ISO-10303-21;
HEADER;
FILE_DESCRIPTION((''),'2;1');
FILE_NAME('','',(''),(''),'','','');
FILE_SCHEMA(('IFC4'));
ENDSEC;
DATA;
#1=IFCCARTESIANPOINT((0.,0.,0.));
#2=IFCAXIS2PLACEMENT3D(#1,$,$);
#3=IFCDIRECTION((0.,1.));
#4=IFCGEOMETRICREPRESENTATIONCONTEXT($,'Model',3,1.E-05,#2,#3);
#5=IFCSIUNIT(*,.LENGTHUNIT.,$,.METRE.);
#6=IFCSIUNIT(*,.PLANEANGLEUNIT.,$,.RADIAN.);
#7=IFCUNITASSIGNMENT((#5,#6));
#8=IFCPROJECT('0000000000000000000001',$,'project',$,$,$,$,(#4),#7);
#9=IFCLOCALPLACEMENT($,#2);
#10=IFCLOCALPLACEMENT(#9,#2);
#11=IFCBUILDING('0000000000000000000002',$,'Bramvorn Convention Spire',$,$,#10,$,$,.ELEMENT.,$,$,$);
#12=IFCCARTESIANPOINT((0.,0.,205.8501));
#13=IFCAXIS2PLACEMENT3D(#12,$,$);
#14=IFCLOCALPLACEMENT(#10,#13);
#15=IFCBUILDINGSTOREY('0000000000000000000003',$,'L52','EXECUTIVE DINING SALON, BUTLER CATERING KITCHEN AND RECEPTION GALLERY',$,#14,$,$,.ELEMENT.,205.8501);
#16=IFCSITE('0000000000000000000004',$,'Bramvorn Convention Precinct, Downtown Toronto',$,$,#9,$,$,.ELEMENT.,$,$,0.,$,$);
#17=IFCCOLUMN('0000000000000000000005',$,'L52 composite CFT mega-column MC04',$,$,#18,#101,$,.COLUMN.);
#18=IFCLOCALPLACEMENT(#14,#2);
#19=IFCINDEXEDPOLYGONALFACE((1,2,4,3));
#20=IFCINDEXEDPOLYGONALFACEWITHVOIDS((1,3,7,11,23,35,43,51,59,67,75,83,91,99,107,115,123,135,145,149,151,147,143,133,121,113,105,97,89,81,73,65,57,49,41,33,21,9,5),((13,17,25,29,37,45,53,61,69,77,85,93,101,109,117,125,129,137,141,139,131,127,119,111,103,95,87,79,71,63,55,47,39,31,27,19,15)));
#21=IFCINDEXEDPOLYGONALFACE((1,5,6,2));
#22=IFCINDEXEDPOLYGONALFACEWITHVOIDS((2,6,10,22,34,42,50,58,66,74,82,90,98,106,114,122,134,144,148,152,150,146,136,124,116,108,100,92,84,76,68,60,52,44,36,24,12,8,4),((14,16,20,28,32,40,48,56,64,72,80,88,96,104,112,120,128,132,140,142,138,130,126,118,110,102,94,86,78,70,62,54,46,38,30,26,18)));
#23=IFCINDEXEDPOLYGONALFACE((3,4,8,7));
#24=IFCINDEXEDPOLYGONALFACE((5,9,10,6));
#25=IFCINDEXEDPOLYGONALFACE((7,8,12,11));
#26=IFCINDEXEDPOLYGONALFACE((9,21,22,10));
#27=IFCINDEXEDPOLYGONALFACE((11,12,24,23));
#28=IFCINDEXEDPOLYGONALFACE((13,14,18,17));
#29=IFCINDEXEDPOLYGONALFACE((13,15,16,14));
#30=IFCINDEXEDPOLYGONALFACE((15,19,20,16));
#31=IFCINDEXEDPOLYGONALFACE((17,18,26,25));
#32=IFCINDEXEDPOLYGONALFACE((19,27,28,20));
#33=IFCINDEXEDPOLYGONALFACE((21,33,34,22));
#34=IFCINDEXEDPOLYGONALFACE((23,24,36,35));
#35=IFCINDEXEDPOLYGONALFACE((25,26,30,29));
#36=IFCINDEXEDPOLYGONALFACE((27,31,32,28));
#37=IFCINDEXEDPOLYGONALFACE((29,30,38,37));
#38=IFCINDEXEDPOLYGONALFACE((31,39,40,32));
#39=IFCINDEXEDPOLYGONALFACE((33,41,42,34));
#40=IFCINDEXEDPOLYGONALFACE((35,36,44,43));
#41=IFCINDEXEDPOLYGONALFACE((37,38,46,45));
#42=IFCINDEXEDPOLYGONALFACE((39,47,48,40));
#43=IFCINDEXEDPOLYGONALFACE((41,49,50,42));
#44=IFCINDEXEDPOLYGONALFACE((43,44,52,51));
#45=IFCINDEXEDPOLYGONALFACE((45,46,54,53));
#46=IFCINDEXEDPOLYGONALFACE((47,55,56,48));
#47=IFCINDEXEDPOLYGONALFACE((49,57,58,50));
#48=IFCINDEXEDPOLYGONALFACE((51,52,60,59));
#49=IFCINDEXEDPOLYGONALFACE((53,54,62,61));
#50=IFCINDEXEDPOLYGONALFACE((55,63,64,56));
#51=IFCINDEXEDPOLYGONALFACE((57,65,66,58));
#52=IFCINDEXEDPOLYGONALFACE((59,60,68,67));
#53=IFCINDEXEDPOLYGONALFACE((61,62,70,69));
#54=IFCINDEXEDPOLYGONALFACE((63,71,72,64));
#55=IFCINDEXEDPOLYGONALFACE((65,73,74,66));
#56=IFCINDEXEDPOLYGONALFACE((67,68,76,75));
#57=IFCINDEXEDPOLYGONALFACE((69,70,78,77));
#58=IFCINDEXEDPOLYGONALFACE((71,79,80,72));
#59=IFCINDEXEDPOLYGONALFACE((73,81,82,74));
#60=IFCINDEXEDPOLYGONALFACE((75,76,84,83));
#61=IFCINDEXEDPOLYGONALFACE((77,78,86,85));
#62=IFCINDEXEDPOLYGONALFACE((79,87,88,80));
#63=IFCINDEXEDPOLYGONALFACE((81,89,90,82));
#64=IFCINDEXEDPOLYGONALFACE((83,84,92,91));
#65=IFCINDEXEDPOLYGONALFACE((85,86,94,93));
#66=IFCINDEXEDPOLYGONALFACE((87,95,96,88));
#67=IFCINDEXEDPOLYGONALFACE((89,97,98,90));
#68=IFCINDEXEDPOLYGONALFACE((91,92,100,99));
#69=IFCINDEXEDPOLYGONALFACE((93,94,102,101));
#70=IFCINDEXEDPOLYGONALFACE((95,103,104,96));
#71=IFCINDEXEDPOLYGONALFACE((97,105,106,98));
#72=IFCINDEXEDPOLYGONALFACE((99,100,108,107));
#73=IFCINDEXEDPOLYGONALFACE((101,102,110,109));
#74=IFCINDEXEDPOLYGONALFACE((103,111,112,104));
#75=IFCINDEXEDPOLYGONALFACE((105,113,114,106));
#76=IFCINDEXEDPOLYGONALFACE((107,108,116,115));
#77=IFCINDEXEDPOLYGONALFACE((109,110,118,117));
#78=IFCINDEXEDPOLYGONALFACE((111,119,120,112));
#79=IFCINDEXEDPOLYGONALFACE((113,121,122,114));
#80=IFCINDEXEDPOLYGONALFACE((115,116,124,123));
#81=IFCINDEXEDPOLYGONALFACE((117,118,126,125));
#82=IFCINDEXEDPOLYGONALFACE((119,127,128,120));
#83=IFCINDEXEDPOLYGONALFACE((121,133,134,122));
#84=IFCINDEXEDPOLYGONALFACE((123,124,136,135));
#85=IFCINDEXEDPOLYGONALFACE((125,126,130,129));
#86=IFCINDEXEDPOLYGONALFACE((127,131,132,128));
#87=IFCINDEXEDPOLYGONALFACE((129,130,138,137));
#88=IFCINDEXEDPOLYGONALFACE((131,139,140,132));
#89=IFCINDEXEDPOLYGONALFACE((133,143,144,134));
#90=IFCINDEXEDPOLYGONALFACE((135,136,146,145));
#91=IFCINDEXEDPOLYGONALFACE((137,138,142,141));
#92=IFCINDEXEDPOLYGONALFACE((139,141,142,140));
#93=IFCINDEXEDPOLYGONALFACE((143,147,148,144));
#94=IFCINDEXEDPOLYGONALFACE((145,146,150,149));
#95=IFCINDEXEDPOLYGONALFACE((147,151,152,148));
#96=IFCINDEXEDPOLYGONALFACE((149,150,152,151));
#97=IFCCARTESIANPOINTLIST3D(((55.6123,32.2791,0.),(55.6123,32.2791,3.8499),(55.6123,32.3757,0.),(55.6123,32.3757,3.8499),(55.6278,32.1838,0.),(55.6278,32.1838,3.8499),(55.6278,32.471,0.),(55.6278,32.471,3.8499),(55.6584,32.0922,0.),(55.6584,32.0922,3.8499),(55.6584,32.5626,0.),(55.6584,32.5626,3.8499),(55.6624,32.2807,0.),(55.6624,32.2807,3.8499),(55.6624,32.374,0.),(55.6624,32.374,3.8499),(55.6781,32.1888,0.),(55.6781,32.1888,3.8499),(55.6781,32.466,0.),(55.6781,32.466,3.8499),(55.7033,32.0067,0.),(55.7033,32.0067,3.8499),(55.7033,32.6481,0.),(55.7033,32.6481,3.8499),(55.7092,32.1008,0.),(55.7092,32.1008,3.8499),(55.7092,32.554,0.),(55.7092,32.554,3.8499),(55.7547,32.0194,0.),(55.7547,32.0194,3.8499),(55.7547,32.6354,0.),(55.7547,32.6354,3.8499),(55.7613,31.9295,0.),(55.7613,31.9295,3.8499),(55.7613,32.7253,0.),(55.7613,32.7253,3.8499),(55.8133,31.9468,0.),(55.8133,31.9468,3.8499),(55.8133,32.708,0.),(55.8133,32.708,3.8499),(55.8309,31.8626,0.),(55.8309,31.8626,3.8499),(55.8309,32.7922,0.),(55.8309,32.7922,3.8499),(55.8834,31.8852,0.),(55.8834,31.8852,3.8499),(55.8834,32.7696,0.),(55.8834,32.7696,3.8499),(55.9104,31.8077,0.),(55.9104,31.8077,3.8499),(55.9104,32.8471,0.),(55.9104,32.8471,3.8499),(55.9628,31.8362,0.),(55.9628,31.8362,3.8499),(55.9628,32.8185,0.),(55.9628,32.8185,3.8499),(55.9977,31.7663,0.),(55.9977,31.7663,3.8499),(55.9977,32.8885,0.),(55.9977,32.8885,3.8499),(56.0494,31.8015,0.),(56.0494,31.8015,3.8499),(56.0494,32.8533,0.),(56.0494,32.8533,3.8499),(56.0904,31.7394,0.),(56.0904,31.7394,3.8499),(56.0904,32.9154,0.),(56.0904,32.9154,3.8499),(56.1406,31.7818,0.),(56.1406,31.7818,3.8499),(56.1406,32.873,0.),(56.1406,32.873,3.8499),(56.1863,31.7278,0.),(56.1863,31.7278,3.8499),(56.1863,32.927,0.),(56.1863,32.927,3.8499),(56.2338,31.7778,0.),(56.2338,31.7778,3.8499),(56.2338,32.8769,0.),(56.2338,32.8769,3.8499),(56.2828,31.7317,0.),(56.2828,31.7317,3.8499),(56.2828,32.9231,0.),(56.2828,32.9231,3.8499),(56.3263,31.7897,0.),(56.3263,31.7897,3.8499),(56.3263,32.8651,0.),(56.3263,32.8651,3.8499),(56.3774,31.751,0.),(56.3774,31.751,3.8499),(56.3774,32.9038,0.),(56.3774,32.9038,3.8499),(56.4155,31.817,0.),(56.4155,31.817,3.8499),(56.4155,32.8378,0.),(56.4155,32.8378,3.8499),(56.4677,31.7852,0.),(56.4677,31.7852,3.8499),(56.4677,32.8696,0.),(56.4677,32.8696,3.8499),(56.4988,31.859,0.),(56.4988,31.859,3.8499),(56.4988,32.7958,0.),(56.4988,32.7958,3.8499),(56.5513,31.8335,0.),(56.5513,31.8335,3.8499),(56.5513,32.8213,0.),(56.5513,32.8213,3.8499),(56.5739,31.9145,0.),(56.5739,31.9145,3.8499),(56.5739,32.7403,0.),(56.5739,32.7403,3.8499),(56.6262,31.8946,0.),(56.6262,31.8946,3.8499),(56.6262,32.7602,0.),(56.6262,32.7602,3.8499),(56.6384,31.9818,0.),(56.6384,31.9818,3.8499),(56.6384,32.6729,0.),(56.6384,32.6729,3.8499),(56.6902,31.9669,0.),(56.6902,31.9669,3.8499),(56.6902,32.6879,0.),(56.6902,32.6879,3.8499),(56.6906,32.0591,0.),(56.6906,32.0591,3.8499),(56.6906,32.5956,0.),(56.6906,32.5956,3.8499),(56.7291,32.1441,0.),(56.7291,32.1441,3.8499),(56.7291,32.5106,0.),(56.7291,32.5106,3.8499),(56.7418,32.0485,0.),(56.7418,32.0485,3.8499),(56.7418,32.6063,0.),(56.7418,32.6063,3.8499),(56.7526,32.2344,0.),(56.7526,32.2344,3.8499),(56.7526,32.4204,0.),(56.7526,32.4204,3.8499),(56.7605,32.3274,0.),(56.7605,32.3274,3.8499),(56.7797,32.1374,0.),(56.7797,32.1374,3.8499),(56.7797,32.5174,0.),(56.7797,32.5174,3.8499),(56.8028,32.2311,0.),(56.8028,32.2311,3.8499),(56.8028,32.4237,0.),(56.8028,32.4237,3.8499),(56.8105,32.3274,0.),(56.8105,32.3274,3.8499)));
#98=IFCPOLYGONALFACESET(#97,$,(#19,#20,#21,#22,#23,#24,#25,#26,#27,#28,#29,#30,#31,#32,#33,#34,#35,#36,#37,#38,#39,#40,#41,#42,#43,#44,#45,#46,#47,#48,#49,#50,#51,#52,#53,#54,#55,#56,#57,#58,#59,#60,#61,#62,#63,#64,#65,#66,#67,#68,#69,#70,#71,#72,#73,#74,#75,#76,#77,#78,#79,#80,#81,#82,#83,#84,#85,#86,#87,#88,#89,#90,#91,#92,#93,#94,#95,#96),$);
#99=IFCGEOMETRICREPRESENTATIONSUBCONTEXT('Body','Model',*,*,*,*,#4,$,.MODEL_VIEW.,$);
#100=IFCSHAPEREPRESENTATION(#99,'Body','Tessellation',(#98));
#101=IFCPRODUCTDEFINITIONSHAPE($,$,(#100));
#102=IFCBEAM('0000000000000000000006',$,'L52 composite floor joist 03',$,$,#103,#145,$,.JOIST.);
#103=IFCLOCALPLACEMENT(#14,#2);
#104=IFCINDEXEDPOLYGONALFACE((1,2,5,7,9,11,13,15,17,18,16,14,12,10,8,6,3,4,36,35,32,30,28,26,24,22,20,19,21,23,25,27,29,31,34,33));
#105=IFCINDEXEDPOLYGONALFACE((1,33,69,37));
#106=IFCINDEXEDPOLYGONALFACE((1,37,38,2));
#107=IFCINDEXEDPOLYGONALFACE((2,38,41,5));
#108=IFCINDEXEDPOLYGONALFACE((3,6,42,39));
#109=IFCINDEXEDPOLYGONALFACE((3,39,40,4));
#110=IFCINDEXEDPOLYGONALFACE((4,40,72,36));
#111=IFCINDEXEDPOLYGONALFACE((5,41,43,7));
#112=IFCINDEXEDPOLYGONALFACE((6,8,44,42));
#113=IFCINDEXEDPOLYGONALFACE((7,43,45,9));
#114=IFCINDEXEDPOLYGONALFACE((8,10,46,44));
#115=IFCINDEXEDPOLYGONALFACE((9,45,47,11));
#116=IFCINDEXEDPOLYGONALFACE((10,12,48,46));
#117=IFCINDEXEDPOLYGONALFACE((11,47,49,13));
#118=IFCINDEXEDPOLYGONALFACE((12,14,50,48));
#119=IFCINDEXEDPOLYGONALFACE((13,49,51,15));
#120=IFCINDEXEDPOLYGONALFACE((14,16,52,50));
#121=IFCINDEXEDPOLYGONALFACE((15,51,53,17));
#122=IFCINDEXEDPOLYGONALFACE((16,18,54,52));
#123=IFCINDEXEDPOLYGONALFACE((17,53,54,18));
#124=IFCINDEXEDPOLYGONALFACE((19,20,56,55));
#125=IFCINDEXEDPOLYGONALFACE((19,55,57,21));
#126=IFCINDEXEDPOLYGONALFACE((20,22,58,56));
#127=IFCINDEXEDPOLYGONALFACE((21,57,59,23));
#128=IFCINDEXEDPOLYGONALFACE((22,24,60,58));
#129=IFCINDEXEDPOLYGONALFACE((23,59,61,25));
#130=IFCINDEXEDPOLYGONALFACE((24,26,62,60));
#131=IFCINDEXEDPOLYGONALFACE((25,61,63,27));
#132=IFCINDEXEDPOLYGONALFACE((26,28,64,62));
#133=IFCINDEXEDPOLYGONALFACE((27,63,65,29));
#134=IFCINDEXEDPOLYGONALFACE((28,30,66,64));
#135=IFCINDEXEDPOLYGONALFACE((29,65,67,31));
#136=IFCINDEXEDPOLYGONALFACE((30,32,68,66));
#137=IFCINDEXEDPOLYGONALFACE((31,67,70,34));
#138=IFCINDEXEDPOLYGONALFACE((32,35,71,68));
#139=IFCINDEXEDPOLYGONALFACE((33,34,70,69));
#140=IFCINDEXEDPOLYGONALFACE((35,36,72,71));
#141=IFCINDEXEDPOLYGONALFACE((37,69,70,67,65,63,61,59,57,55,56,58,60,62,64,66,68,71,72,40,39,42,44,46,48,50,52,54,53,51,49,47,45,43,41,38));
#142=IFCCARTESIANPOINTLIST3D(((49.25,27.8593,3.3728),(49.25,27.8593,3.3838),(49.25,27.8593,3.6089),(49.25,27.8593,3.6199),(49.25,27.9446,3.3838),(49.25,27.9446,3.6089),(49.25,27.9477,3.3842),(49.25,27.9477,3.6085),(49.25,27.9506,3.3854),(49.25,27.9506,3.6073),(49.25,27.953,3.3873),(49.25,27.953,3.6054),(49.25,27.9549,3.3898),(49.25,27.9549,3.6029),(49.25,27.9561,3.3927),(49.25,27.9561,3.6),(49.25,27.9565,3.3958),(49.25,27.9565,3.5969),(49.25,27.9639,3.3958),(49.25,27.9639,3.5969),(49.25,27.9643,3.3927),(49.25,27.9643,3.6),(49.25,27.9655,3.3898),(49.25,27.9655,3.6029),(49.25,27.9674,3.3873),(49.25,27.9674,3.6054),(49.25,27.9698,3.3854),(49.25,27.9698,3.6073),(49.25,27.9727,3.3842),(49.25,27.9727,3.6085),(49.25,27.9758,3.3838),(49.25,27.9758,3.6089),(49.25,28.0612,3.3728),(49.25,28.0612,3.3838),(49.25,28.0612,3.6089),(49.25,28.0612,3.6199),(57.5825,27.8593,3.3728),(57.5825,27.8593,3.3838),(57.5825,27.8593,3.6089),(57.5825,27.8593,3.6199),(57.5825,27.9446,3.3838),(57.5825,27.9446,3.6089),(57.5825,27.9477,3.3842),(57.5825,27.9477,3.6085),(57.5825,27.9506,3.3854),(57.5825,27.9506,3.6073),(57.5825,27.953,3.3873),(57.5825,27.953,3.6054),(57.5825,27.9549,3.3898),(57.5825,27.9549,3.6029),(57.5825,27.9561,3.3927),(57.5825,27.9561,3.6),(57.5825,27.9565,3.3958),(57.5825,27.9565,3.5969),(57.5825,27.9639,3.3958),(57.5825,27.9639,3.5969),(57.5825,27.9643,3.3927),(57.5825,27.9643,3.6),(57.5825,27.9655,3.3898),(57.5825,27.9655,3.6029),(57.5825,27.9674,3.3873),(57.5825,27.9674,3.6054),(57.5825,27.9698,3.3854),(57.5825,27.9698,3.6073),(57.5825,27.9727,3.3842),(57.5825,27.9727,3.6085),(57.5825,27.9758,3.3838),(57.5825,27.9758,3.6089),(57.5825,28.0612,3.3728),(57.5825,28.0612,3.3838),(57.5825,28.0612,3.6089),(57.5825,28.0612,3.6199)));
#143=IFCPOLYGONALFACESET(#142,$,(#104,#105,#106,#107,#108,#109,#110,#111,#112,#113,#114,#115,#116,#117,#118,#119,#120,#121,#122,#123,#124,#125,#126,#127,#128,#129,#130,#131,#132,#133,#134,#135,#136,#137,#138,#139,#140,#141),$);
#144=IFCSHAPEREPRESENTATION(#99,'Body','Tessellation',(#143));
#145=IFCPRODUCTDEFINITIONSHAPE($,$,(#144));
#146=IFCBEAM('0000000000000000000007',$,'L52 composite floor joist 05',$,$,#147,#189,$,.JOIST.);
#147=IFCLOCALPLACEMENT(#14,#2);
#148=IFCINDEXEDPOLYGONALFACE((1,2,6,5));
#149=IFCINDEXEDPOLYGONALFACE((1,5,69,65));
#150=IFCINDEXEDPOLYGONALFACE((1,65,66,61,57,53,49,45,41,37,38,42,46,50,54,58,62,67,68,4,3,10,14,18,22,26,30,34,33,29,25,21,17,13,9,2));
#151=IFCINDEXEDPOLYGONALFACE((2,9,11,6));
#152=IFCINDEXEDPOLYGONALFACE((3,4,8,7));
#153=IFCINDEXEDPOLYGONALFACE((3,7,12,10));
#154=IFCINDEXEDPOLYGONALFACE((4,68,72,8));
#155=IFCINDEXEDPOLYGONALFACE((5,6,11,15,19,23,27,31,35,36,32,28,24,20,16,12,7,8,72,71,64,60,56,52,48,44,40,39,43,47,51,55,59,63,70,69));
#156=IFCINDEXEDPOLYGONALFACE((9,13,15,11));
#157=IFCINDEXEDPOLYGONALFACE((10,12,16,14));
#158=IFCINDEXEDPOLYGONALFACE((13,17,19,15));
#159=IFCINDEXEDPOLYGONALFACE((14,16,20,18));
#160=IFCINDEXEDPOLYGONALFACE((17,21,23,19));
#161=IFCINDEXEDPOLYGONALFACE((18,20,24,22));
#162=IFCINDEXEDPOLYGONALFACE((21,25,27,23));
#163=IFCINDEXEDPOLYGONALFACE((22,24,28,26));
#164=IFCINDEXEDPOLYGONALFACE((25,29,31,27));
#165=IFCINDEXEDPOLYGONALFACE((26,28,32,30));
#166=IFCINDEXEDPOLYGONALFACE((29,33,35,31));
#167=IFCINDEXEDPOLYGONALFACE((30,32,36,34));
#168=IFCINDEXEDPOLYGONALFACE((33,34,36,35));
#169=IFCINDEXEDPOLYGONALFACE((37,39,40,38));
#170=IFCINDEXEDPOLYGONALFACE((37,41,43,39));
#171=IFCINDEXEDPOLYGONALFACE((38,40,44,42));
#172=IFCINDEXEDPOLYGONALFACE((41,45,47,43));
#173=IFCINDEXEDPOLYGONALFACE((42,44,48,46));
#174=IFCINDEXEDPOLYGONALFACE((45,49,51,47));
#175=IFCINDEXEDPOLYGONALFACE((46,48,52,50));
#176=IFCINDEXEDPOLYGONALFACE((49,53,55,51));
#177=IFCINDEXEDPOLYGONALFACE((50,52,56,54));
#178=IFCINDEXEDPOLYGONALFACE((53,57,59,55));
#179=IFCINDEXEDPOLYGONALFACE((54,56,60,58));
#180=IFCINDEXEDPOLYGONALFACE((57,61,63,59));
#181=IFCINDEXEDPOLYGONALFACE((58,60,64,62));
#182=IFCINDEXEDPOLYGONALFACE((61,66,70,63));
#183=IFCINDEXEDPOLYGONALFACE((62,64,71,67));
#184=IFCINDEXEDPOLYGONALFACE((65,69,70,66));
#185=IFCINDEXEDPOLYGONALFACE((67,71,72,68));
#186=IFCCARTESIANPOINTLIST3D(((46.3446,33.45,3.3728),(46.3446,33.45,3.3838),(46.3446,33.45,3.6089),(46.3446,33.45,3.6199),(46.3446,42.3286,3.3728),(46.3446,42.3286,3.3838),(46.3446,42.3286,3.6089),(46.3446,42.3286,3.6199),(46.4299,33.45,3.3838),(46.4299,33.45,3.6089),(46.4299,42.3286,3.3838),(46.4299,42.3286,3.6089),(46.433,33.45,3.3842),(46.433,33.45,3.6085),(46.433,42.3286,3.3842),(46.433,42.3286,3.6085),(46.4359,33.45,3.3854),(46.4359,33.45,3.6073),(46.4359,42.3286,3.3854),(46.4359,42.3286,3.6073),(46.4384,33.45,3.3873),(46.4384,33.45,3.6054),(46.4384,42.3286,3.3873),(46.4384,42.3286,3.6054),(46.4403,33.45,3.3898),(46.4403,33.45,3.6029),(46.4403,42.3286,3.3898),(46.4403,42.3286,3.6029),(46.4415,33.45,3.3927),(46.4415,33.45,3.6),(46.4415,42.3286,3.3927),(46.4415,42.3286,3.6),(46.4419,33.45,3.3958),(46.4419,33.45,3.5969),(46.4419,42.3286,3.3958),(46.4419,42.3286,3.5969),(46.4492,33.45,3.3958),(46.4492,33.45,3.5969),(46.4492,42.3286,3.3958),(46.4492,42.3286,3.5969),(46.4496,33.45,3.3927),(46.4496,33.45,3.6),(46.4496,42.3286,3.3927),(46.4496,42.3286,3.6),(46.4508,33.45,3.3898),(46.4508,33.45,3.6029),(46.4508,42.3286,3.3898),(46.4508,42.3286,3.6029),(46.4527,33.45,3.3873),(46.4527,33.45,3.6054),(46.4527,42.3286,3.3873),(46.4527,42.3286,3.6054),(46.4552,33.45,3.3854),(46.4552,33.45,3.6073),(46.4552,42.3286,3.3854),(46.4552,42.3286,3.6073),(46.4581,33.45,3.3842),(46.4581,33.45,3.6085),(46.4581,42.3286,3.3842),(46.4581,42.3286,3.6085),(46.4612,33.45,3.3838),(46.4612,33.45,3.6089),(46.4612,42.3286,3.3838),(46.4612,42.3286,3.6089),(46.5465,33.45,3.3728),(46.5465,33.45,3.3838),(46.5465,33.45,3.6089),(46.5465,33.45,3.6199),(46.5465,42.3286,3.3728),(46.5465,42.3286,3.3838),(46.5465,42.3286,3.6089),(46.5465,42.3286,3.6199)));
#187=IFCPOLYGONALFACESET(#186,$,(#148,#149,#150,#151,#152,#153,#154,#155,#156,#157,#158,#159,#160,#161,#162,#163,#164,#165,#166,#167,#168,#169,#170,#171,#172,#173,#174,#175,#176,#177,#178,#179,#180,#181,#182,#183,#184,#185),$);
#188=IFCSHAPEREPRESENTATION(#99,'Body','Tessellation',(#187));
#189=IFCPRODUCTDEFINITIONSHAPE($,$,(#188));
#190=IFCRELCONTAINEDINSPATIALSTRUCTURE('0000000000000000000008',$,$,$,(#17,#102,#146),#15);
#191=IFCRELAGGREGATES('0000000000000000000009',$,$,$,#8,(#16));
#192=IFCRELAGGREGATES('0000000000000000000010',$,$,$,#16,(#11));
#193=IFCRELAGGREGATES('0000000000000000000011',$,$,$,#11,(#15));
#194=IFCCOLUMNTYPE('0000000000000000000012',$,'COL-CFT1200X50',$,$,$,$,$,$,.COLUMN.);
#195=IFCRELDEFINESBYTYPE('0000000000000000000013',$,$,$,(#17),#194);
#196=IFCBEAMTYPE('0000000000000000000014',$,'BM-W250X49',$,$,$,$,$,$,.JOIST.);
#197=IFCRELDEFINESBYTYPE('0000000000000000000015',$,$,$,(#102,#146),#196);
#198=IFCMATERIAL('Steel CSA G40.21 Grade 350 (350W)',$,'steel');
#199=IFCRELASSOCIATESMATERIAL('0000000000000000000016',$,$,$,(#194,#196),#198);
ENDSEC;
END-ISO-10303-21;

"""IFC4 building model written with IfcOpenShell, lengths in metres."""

from ifc_helpers import new_model, si_unit, direction, frame, origin, origin_2d, place, context, subcontext, project, spatial, hollow_circle, i_section, extrude, material, material_profile, profile_set, type_object, element, save


model = new_model("IFC4")

# Units and contexts
model_context = context("Model", 3, precision=1e-05, world=origin(), true_north=direction((0.0, 1.0)))
body_context = subcontext(model_context, "Body", "Model", "MODEL_VIEW")
ifc_project = project(units=[si_unit("LENGTHUNIT", "METRE"), si_unit("PLANEANGLEUNIT", "RADIAN")], contexts=[model_context])

# Site, building, storey
site_placement = place(None, origin())
site = spatial("IfcSite", under=ifc_project, at=site_placement, Name="Bramvorn Convention Precinct, Downtown Toronto", CompositionType="ELEMENT", RefElevation=0.0)
building_placement = place(site_placement, origin())
building = spatial("IfcBuilding", under=site, at=building_placement, Name="Bramvorn Convention Spire", CompositionType="ELEMENT")
storey_placement = place(building_placement, frame((0.0, 0.0, 205.8501)))
storey = spatial("IfcBuildingStorey", under=building, at=storey_placement, Name="L52", Description="EXECUTIVE DINING SALON, BUTLER CATERING KITCHEN AND RECEPTION GALLERY", CompositionType="ELEMENT", Elevation=205.8501)

# Column
ifc_material_1 = material(Name="Steel CSA G40.21 Grade 350 (350W)", Category="steel")
ifc_material_profile_1 = material_profile(ifc_material_1, hollow_circle(Radius=0.6001, WallThickness=0.05, at=origin_2d()))
ifc_profile_set_1 = profile_set([ifc_material_profile_1], Name="Steel CSA G40.21 Grade 350 (350W) - CFT1200X50")
column_type = type_object("IfcColumnType", Name="COL-CFT1200X50", PredefinedType="COLUMN", material=ifc_profile_set_1)
column_placement = place(storey_placement, frame((56.2104, 32.3274, 0.0), z_axis=(0.0, 0.0, 1.0), x_axis=(1.0, 0.0, 0.0)))
element("IfcColumn", 1, at=column_placement, inside=storey, type_object=column_type, Name="L52 composite CFT mega-column MC04", PredefinedType="COLUMN", context=body_context, shape_type="SweptSolid", body=[
    extrude(hollow_circle(Radius=0.6001, WallThickness=0.05, at=origin_2d()), origin(), (0.0, 0.0, 1.0), 3.8499),
])

# Beams
ifc_material_profile_2 = material_profile(ifc_material_1, i_section(OverallWidth=0.2019, OverallDepth=0.2471, WebThickness=0.0073, FlangeThickness=0.011, FilletRadius=0.012, at=origin_2d()))
ifc_profile_set_2 = profile_set([ifc_material_profile_2], Name="Steel CSA G40.21 Grade 350 (350W) - W250X49")
beam_type_1 = type_object("IfcBeamType", Name="BM-W250X49", PredefinedType="JOIST", material=ifc_profile_set_2)
beam_1_placement = place(storey_placement, frame((49.25, 27.9602, 3.4963), z_axis=(1.0, 0.0, 0.0), x_axis=(0.0, 1.0, 0.0)))
element("IfcBeam", 2, at=beam_1_placement, inside=storey, type_object=beam_type_1, Name="L52 composite floor joist 03", PredefinedType="JOIST", context=body_context, shape_type="SweptSolid", body=[
    extrude(i_section(OverallWidth=0.2019, OverallDepth=0.2471, WebThickness=0.0073, FlangeThickness=0.011, FilletRadius=0.012, at=origin_2d()), origin(), (0.0, 0.0, 1.0), 8.3325),
])
beam_2_placement = place(storey_placement, frame((46.4456, 33.45, 3.4963), z_axis=(0.0, 1.0, 0.0), x_axis=(-1.0, 0.0, 0.0)))
element("IfcBeam", 3, at=beam_2_placement, inside=storey, type_object=beam_type_1, Name="L52 composite floor joist 05", PredefinedType="JOIST", context=body_context, shape_type="SweptSolid", body=[
    extrude(i_section(OverallWidth=0.2019, OverallDepth=0.2471, WebThickness=0.0073, FlangeThickness=0.011, FilletRadius=0.012, at=origin_2d()), origin(), (0.0, 0.0, 1.0), 8.8787),
])

save(model, "model.ifc")
